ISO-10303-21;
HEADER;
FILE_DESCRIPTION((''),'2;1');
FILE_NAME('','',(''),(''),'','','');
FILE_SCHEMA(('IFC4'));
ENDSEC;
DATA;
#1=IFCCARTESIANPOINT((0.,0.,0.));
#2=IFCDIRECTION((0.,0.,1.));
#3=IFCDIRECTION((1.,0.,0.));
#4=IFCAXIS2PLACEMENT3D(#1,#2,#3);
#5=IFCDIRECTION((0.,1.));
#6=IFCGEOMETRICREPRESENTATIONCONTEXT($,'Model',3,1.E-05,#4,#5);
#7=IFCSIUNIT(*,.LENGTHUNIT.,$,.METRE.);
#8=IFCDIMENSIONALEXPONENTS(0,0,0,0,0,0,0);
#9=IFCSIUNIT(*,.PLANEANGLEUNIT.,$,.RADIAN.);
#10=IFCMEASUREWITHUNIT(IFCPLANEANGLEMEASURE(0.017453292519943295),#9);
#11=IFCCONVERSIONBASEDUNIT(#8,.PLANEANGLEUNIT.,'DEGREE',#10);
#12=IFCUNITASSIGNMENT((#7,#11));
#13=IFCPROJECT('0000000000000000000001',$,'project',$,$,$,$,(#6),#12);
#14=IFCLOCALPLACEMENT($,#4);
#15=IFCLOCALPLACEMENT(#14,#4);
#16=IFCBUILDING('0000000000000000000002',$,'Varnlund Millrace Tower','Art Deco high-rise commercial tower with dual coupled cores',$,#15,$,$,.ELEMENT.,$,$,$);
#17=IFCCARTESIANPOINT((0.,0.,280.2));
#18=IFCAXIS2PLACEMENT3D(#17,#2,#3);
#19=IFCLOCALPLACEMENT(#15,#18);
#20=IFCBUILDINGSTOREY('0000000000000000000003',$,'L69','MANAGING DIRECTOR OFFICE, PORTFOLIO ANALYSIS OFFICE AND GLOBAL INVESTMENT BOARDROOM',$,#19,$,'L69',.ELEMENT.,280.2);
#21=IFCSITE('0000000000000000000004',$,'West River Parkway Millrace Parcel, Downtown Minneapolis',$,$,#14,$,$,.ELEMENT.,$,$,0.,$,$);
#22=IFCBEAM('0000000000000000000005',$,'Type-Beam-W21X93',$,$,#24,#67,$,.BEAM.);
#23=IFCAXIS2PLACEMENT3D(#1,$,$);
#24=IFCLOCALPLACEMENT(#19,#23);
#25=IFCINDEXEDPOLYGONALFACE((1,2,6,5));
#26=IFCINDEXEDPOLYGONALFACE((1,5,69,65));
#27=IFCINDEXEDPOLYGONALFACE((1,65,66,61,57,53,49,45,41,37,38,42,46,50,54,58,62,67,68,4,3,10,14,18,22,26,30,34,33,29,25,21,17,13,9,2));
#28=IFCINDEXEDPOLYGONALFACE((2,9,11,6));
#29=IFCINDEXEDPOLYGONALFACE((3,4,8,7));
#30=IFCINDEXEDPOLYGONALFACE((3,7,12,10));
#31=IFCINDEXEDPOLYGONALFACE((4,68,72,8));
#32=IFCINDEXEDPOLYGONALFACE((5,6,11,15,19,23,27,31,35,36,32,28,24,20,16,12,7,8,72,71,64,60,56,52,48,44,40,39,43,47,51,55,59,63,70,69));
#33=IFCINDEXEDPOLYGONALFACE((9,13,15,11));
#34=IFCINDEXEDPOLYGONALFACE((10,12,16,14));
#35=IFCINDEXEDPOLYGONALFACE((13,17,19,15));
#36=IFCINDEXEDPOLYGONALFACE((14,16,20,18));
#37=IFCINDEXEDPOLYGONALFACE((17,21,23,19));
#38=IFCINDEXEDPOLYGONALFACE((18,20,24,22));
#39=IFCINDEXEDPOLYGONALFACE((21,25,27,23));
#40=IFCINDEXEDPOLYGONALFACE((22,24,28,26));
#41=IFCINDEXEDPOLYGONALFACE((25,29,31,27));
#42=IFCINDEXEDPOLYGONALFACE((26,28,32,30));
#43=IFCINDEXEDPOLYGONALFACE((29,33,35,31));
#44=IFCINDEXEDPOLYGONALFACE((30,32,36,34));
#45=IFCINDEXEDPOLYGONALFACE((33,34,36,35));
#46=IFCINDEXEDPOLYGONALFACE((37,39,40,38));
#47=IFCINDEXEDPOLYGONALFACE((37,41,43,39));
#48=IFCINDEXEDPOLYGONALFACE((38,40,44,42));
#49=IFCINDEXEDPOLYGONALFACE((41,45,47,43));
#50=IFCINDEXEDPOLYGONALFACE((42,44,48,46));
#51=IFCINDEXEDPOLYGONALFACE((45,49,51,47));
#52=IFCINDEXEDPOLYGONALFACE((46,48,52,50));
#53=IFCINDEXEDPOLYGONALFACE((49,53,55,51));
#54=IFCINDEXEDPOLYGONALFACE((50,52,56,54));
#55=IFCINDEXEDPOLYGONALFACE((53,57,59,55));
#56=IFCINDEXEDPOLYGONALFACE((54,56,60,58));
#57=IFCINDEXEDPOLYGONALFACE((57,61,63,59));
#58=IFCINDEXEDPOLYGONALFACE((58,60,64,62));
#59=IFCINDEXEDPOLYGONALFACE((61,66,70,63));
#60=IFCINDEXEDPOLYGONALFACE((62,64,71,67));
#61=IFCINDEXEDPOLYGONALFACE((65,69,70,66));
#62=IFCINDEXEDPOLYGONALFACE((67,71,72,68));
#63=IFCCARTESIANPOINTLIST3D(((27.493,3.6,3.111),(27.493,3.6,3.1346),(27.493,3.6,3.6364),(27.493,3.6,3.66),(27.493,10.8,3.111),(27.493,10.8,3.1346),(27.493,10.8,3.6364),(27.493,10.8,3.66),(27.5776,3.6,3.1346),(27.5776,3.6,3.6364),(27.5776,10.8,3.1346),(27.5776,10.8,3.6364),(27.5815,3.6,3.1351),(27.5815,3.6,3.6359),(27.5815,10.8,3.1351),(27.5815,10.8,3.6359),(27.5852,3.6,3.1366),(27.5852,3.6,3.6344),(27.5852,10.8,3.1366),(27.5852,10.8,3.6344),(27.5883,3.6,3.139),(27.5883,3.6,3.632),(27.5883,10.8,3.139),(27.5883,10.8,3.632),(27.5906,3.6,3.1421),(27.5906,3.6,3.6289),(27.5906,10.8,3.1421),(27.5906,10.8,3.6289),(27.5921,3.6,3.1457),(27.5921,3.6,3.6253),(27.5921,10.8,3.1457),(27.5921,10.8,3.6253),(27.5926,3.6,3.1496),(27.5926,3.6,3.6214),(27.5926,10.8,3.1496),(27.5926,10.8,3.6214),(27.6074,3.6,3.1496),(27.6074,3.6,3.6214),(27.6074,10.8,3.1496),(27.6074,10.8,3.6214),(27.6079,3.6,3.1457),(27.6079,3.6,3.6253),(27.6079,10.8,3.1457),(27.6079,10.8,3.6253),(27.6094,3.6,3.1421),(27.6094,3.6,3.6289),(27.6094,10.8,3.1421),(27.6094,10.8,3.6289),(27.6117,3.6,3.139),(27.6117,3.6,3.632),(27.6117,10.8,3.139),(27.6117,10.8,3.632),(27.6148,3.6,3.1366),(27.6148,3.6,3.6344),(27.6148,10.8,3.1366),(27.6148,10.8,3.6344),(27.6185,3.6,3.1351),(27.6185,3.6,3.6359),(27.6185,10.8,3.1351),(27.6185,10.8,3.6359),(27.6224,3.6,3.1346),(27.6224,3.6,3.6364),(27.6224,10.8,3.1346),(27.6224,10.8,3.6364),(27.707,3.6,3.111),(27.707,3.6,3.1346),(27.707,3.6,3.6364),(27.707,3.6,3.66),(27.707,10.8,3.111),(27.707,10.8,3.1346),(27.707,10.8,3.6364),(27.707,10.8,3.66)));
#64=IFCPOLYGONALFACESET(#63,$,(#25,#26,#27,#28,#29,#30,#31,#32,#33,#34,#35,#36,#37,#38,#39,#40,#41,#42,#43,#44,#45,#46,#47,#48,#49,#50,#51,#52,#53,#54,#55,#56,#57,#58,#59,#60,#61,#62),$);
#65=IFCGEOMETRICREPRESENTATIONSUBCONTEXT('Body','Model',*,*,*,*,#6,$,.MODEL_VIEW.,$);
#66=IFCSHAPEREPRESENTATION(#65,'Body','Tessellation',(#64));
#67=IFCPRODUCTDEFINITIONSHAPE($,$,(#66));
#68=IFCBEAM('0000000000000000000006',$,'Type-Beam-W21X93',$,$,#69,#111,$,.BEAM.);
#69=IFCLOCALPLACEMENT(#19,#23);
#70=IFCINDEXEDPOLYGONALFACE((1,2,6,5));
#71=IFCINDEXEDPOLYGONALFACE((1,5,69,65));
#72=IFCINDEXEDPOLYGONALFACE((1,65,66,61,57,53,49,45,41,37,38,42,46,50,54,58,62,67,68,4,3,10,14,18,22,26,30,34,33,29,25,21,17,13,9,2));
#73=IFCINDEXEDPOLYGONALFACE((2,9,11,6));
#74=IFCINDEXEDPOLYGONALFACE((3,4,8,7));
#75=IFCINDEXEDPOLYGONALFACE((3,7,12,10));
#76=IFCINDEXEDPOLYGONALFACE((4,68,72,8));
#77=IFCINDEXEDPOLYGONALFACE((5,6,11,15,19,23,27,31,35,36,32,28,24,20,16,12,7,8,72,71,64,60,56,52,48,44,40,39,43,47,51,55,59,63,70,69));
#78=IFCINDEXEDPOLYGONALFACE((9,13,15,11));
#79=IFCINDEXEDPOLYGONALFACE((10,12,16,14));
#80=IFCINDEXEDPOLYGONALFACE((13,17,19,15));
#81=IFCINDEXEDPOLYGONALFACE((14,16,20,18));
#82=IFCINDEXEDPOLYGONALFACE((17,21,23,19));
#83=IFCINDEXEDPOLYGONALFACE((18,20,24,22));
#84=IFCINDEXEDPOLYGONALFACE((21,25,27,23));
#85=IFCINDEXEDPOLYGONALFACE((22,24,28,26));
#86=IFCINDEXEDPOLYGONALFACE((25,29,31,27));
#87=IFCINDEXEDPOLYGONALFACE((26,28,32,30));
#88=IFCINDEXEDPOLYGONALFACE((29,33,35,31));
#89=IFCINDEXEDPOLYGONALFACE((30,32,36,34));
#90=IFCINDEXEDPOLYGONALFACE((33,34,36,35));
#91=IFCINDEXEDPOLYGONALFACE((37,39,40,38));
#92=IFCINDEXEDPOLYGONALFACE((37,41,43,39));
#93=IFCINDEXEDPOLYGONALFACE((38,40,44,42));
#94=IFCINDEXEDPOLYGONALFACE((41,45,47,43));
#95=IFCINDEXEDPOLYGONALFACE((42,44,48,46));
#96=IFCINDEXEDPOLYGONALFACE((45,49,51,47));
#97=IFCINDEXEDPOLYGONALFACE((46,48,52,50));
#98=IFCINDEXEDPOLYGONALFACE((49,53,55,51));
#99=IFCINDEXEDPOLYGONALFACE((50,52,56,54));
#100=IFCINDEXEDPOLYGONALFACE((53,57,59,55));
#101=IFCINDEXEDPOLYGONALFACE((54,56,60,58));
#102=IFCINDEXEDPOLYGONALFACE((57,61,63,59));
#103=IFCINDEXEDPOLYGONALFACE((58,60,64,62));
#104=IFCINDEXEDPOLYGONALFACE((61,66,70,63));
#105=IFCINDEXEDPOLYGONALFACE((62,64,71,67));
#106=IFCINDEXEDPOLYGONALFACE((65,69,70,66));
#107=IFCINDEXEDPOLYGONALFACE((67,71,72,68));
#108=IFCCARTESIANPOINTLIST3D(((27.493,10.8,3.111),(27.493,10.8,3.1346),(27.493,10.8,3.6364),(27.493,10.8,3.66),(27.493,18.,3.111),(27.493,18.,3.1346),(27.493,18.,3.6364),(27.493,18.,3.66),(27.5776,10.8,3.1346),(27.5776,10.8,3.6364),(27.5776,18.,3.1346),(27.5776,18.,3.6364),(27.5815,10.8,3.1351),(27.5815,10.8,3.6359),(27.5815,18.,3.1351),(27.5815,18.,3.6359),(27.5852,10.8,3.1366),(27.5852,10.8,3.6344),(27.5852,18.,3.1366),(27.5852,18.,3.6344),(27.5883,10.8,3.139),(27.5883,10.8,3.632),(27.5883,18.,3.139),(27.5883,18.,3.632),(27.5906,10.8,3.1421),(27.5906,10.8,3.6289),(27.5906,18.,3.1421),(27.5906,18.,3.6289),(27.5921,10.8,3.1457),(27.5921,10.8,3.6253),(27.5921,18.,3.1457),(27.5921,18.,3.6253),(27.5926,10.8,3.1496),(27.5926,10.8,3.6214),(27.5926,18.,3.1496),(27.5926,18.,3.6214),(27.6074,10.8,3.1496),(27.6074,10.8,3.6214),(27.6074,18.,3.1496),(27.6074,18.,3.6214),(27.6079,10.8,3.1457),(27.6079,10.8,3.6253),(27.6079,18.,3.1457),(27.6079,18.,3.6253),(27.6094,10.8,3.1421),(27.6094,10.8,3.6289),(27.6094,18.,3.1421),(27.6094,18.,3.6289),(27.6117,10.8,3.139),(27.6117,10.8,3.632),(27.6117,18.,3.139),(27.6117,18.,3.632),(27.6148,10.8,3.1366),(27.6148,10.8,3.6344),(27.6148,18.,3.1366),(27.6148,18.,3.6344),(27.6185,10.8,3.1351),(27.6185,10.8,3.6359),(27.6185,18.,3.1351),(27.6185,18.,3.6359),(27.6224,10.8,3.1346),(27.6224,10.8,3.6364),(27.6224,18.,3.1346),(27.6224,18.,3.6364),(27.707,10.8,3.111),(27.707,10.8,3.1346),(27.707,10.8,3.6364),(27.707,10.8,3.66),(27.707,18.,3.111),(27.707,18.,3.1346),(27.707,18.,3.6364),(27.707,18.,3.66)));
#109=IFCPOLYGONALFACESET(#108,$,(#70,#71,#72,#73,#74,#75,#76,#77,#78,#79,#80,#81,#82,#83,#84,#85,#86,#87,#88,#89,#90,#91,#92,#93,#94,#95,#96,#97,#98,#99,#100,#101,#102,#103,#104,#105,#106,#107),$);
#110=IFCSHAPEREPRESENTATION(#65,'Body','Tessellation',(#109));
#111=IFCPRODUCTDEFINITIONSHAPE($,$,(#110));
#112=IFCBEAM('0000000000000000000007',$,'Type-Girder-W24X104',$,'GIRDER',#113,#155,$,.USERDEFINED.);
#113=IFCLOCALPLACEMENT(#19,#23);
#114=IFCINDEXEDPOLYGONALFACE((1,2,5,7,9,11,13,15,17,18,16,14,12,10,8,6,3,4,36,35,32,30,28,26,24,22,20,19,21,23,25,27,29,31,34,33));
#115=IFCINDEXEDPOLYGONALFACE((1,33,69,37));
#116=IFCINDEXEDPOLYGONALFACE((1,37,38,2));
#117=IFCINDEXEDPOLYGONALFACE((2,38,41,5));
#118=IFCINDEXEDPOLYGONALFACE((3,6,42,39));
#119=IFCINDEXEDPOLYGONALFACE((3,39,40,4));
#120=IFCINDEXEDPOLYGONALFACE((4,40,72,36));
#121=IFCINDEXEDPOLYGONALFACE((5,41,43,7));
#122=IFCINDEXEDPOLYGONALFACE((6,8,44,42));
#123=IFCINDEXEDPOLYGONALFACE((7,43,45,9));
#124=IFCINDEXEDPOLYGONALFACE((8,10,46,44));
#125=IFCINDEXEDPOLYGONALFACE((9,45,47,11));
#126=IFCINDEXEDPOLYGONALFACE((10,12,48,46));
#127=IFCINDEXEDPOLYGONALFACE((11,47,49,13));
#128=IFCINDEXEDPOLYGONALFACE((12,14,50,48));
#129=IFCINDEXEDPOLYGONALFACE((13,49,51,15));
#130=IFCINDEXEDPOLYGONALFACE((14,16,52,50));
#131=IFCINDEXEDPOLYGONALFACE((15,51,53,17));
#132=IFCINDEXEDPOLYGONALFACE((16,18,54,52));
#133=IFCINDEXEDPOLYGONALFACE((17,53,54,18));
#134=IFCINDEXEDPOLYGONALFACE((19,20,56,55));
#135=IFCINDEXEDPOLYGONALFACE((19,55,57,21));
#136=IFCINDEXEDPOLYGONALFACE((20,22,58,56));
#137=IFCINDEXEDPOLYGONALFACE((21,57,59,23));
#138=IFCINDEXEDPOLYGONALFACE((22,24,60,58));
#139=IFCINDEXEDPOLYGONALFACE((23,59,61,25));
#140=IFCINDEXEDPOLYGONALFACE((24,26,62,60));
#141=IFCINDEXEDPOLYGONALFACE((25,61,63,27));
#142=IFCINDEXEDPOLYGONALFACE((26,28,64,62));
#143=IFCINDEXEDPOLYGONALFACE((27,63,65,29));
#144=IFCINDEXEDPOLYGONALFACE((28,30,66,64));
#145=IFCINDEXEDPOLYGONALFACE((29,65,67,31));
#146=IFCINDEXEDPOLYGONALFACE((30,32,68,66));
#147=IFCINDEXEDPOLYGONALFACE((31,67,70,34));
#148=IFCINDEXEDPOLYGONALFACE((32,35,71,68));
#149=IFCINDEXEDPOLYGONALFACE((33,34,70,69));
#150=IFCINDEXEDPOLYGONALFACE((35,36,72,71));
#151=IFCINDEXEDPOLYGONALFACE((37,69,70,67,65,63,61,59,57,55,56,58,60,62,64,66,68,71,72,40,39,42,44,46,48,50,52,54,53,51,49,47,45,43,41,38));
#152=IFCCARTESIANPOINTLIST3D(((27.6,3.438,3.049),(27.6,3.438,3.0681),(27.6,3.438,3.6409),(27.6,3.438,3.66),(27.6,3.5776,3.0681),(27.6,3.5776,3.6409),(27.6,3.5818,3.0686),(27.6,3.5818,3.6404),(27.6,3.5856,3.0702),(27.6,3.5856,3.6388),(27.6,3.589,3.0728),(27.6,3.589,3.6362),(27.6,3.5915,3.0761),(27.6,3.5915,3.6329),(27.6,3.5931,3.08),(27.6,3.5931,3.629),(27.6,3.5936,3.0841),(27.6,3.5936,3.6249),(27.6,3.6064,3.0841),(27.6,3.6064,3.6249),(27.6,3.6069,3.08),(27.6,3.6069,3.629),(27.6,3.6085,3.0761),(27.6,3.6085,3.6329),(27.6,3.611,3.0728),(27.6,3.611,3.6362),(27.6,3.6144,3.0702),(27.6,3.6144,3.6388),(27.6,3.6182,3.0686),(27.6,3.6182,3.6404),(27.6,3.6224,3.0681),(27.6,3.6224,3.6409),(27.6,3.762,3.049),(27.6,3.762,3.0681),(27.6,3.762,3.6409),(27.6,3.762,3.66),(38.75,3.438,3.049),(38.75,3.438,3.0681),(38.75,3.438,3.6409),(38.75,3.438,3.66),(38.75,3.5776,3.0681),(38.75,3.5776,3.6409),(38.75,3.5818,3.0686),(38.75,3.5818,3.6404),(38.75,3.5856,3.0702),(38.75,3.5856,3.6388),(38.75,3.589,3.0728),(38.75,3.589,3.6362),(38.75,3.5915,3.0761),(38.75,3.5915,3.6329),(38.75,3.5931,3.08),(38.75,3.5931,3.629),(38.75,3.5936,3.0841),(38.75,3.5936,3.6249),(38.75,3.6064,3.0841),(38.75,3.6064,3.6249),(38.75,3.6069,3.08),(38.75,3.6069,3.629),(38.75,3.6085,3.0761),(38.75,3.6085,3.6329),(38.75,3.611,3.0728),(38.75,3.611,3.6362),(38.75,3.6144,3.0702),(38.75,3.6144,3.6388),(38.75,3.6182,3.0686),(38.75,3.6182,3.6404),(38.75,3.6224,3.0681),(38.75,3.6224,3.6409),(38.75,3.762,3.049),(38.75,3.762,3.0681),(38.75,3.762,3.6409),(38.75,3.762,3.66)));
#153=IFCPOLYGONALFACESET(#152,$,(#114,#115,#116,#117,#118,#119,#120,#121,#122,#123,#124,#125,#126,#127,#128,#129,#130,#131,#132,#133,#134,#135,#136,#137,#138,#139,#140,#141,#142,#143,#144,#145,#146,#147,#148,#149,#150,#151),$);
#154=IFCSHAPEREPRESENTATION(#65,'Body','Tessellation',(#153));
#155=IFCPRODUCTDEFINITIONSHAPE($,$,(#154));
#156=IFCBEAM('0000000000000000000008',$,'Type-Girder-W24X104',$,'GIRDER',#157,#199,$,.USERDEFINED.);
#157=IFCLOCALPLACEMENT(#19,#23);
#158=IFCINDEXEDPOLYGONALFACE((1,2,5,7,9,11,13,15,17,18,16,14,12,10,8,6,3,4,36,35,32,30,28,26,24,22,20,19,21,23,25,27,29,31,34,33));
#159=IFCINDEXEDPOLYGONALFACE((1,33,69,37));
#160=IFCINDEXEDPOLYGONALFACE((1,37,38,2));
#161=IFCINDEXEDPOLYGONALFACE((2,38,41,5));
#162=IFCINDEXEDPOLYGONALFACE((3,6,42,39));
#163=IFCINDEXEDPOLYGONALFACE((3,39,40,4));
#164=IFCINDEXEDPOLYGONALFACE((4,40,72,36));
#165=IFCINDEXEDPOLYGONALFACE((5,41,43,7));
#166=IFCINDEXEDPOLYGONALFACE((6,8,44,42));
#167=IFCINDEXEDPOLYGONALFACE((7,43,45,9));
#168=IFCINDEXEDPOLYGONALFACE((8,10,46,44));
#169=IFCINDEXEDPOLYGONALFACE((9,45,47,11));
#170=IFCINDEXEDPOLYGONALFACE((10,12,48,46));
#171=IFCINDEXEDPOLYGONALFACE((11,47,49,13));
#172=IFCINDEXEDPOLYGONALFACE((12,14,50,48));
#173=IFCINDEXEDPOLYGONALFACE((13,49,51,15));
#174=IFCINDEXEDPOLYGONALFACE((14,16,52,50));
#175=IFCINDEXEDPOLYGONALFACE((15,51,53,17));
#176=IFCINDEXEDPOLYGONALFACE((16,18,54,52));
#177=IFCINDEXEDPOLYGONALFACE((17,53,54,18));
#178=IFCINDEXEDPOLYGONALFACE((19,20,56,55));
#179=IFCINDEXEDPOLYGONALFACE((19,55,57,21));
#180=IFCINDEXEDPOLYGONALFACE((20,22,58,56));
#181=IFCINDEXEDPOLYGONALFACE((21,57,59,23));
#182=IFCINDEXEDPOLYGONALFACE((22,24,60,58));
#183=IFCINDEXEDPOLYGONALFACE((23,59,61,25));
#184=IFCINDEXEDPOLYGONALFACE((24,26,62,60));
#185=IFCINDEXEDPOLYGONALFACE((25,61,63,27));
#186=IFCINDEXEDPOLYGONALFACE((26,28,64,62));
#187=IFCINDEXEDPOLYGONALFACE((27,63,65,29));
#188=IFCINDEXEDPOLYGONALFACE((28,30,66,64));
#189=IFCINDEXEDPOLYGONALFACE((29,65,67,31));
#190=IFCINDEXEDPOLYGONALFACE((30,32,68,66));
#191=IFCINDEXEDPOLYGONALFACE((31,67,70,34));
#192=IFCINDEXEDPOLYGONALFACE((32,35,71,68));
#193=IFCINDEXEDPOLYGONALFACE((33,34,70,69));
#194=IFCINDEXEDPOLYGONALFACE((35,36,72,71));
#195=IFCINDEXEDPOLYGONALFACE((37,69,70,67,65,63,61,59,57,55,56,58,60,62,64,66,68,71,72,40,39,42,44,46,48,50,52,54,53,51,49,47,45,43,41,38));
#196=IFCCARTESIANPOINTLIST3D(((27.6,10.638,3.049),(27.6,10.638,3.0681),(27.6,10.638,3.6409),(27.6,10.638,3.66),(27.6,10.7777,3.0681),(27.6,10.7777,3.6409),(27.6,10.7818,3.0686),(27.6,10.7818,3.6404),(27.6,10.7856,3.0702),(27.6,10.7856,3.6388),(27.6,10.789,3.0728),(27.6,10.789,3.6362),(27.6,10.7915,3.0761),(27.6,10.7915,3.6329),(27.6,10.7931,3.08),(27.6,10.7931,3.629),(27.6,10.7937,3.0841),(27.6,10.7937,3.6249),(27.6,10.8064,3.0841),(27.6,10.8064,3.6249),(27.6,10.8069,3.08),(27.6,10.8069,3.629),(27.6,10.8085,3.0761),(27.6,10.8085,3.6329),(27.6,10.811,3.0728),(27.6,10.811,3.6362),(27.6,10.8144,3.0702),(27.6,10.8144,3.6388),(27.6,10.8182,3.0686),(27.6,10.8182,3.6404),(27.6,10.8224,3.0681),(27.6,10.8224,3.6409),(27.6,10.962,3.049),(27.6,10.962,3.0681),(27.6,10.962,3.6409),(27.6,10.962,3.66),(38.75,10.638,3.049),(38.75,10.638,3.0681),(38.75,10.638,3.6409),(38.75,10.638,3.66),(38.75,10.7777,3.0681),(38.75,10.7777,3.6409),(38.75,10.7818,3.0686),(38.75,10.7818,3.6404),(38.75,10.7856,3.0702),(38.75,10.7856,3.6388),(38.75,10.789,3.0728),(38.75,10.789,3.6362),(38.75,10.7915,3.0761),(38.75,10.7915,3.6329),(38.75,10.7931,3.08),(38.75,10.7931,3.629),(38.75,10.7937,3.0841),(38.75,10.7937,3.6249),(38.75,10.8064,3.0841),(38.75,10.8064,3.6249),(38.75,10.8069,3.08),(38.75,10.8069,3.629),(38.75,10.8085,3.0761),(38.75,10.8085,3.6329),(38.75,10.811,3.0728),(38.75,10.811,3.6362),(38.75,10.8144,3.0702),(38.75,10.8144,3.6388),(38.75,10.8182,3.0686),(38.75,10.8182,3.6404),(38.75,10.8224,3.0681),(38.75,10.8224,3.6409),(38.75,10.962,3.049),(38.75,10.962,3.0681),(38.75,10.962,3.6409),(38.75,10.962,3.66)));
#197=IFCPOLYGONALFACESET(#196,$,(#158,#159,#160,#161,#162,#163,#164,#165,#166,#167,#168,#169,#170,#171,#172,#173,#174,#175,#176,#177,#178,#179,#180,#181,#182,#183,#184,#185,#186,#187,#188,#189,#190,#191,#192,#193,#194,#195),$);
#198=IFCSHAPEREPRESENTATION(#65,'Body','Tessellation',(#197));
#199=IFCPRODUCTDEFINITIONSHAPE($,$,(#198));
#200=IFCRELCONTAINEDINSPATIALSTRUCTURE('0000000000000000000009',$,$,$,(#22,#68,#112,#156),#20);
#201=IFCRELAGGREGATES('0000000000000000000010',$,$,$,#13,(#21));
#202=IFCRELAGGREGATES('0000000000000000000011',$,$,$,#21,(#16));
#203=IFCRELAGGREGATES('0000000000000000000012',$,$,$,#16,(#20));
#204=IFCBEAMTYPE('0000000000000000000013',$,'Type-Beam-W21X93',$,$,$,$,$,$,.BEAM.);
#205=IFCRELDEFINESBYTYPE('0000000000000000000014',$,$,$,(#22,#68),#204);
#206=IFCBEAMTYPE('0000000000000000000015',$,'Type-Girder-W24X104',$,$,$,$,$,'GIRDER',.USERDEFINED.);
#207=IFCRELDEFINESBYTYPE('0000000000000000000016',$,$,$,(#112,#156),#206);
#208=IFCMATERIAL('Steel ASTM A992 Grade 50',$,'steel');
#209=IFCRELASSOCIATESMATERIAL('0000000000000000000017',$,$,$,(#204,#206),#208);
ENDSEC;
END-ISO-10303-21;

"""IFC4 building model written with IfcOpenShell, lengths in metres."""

from ifc_helpers import new_model, entity, si_unit, converted_unit, direction, frame, origin_with_axes, origin_2d_with_axis, place, context, subcontext, project, spatial, i_section, extrude, material, material_profile, profile_set, type_object, element, save


model = new_model("IFC4")

# Units and contexts
model_context = context("Model", 3, precision=1e-05, world=origin_with_axes(), true_north=direction((0.0, 1.0)))
body_context = subcontext(model_context, "Body", "Model", "MODEL_VIEW")
ifc_project = project(units=[si_unit("LENGTHUNIT", "METRE"), converted_unit("PLANEANGLEUNIT", "DEGREE", entity("IfcPlaneAngleMeasure", 0.017453292519943295), si_unit("PLANEANGLEUNIT", "RADIAN"), dimensions=[0, 0, 0, 0, 0, 0, 0])], contexts=[model_context])

# Site, building, storey
site_placement = place(None, origin_with_axes())
site = spatial("IfcSite", under=ifc_project, at=site_placement, Name="West River Parkway Millrace Parcel, Downtown Minneapolis", CompositionType="ELEMENT", RefElevation=0.0)
building_placement = place(site_placement, origin_with_axes())
building = spatial("IfcBuilding", under=site, at=building_placement, Name="Varnlund Millrace Tower", Description="Art Deco high-rise commercial tower with dual coupled cores", CompositionType="ELEMENT")
storey_placement = place(building_placement, frame((0.0, 0.0, 280.2), z_axis=(0.0, 0.0, 1.0), x_axis=(1.0, 0.0, 0.0)))
storey = spatial("IfcBuildingStorey", under=building, at=storey_placement, Name="L69", Description="MANAGING DIRECTOR OFFICE, PORTFOLIO ANALYSIS OFFICE AND GLOBAL INVESTMENT BOARDROOM", LongName="L69", CompositionType="ELEMENT", Elevation=280.2)

# Beams
ifc_material_1 = material(Name="Steel ASTM A992 Grade 50", Category="steel")
ifc_material_profile_1 = material_profile(ifc_material_1, i_section(OverallWidth=0.214, OverallDepth=0.549, WebThickness=0.0147, FlangeThickness=0.0236, FilletRadius=0.015, at=origin_2d_with_axis()), Name="Steel ASTM A992 Grade 50")
ifc_profile_set_1 = profile_set([ifc_material_profile_1], Name="Steel ASTM A992 Grade 50")
beam_type_1 = type_object("IfcBeamType", Name="Type-Beam-W21X93", PredefinedType="BEAM", material=ifc_profile_set_1)
for number, where, z_axis, x_axis, name in (
    (1, (27.6, 3.6, 3.3855), (0.0, 1.0, 0.0), (-1.0, 0.0, 0.0), "Type-Beam-W21X93"),
    (2, (27.6, 10.8, 3.3855), (0.0, 1.0, 0.0), (-1.0, 0.0, 0.0), "Type-Beam-W21X93"),
):
    element("IfcBeam", number, at=place(storey_placement, frame(where, z_axis=z_axis, x_axis=x_axis)), inside=storey, type_object=beam_type_1, Name=name, PredefinedType="BEAM", context=body_context, shape_type="SweptSolid", body=[
        extrude(i_section(OverallWidth=0.214, OverallDepth=0.549, WebThickness=0.0147, FlangeThickness=0.0236, FilletRadius=0.015, at=origin_2d_with_axis()), origin_with_axes(), (0.0, 0.0, 1.0), 7.2),
    ])
ifc_material_profile_2 = material_profile(ifc_material_1, i_section(OverallWidth=0.324, OverallDepth=0.611, WebThickness=0.0127, FlangeThickness=0.0191, FilletRadius=0.016, at=origin_2d_with_axis()), Name="Steel ASTM A992 Grade 50")
ifc_profile_set_2 = profile_set([ifc_material_profile_2], Name="Steel ASTM A992 Grade 50")
beam_type_2 = type_object("IfcBeamType", Name="Type-Girder-W24X104", ElementType="GIRDER", PredefinedType="USERDEFINED", material=ifc_profile_set_2)
for number, where, z_axis, x_axis, name in (
    (3, (27.6, 3.6, 3.3545), (1.0, 0.0, 0.0), (0.0, 1.0, 0.0), "Type-Girder-W24X104"),
    (4, (27.6, 10.8, 3.3545), (1.0, 0.0, 0.0), (0.0, 1.0, 0.0), "Type-Girder-W24X104"),
):
    element("IfcBeam", number, at=place(storey_placement, frame(where, z_axis=z_axis, x_axis=x_axis)), inside=storey, type_object=beam_type_2, Name=name, ObjectType="GIRDER", PredefinedType="USERDEFINED", context=body_context, shape_type="SweptSolid", body=[
        extrude(i_section(OverallWidth=0.324, OverallDepth=0.611, WebThickness=0.0127, FlangeThickness=0.0191, FilletRadius=0.016, at=origin_2d_with_axis()), origin_with_axes(), (0.0, 0.0, 1.0), 11.15),
    ])

save(model, "model.ifc")
